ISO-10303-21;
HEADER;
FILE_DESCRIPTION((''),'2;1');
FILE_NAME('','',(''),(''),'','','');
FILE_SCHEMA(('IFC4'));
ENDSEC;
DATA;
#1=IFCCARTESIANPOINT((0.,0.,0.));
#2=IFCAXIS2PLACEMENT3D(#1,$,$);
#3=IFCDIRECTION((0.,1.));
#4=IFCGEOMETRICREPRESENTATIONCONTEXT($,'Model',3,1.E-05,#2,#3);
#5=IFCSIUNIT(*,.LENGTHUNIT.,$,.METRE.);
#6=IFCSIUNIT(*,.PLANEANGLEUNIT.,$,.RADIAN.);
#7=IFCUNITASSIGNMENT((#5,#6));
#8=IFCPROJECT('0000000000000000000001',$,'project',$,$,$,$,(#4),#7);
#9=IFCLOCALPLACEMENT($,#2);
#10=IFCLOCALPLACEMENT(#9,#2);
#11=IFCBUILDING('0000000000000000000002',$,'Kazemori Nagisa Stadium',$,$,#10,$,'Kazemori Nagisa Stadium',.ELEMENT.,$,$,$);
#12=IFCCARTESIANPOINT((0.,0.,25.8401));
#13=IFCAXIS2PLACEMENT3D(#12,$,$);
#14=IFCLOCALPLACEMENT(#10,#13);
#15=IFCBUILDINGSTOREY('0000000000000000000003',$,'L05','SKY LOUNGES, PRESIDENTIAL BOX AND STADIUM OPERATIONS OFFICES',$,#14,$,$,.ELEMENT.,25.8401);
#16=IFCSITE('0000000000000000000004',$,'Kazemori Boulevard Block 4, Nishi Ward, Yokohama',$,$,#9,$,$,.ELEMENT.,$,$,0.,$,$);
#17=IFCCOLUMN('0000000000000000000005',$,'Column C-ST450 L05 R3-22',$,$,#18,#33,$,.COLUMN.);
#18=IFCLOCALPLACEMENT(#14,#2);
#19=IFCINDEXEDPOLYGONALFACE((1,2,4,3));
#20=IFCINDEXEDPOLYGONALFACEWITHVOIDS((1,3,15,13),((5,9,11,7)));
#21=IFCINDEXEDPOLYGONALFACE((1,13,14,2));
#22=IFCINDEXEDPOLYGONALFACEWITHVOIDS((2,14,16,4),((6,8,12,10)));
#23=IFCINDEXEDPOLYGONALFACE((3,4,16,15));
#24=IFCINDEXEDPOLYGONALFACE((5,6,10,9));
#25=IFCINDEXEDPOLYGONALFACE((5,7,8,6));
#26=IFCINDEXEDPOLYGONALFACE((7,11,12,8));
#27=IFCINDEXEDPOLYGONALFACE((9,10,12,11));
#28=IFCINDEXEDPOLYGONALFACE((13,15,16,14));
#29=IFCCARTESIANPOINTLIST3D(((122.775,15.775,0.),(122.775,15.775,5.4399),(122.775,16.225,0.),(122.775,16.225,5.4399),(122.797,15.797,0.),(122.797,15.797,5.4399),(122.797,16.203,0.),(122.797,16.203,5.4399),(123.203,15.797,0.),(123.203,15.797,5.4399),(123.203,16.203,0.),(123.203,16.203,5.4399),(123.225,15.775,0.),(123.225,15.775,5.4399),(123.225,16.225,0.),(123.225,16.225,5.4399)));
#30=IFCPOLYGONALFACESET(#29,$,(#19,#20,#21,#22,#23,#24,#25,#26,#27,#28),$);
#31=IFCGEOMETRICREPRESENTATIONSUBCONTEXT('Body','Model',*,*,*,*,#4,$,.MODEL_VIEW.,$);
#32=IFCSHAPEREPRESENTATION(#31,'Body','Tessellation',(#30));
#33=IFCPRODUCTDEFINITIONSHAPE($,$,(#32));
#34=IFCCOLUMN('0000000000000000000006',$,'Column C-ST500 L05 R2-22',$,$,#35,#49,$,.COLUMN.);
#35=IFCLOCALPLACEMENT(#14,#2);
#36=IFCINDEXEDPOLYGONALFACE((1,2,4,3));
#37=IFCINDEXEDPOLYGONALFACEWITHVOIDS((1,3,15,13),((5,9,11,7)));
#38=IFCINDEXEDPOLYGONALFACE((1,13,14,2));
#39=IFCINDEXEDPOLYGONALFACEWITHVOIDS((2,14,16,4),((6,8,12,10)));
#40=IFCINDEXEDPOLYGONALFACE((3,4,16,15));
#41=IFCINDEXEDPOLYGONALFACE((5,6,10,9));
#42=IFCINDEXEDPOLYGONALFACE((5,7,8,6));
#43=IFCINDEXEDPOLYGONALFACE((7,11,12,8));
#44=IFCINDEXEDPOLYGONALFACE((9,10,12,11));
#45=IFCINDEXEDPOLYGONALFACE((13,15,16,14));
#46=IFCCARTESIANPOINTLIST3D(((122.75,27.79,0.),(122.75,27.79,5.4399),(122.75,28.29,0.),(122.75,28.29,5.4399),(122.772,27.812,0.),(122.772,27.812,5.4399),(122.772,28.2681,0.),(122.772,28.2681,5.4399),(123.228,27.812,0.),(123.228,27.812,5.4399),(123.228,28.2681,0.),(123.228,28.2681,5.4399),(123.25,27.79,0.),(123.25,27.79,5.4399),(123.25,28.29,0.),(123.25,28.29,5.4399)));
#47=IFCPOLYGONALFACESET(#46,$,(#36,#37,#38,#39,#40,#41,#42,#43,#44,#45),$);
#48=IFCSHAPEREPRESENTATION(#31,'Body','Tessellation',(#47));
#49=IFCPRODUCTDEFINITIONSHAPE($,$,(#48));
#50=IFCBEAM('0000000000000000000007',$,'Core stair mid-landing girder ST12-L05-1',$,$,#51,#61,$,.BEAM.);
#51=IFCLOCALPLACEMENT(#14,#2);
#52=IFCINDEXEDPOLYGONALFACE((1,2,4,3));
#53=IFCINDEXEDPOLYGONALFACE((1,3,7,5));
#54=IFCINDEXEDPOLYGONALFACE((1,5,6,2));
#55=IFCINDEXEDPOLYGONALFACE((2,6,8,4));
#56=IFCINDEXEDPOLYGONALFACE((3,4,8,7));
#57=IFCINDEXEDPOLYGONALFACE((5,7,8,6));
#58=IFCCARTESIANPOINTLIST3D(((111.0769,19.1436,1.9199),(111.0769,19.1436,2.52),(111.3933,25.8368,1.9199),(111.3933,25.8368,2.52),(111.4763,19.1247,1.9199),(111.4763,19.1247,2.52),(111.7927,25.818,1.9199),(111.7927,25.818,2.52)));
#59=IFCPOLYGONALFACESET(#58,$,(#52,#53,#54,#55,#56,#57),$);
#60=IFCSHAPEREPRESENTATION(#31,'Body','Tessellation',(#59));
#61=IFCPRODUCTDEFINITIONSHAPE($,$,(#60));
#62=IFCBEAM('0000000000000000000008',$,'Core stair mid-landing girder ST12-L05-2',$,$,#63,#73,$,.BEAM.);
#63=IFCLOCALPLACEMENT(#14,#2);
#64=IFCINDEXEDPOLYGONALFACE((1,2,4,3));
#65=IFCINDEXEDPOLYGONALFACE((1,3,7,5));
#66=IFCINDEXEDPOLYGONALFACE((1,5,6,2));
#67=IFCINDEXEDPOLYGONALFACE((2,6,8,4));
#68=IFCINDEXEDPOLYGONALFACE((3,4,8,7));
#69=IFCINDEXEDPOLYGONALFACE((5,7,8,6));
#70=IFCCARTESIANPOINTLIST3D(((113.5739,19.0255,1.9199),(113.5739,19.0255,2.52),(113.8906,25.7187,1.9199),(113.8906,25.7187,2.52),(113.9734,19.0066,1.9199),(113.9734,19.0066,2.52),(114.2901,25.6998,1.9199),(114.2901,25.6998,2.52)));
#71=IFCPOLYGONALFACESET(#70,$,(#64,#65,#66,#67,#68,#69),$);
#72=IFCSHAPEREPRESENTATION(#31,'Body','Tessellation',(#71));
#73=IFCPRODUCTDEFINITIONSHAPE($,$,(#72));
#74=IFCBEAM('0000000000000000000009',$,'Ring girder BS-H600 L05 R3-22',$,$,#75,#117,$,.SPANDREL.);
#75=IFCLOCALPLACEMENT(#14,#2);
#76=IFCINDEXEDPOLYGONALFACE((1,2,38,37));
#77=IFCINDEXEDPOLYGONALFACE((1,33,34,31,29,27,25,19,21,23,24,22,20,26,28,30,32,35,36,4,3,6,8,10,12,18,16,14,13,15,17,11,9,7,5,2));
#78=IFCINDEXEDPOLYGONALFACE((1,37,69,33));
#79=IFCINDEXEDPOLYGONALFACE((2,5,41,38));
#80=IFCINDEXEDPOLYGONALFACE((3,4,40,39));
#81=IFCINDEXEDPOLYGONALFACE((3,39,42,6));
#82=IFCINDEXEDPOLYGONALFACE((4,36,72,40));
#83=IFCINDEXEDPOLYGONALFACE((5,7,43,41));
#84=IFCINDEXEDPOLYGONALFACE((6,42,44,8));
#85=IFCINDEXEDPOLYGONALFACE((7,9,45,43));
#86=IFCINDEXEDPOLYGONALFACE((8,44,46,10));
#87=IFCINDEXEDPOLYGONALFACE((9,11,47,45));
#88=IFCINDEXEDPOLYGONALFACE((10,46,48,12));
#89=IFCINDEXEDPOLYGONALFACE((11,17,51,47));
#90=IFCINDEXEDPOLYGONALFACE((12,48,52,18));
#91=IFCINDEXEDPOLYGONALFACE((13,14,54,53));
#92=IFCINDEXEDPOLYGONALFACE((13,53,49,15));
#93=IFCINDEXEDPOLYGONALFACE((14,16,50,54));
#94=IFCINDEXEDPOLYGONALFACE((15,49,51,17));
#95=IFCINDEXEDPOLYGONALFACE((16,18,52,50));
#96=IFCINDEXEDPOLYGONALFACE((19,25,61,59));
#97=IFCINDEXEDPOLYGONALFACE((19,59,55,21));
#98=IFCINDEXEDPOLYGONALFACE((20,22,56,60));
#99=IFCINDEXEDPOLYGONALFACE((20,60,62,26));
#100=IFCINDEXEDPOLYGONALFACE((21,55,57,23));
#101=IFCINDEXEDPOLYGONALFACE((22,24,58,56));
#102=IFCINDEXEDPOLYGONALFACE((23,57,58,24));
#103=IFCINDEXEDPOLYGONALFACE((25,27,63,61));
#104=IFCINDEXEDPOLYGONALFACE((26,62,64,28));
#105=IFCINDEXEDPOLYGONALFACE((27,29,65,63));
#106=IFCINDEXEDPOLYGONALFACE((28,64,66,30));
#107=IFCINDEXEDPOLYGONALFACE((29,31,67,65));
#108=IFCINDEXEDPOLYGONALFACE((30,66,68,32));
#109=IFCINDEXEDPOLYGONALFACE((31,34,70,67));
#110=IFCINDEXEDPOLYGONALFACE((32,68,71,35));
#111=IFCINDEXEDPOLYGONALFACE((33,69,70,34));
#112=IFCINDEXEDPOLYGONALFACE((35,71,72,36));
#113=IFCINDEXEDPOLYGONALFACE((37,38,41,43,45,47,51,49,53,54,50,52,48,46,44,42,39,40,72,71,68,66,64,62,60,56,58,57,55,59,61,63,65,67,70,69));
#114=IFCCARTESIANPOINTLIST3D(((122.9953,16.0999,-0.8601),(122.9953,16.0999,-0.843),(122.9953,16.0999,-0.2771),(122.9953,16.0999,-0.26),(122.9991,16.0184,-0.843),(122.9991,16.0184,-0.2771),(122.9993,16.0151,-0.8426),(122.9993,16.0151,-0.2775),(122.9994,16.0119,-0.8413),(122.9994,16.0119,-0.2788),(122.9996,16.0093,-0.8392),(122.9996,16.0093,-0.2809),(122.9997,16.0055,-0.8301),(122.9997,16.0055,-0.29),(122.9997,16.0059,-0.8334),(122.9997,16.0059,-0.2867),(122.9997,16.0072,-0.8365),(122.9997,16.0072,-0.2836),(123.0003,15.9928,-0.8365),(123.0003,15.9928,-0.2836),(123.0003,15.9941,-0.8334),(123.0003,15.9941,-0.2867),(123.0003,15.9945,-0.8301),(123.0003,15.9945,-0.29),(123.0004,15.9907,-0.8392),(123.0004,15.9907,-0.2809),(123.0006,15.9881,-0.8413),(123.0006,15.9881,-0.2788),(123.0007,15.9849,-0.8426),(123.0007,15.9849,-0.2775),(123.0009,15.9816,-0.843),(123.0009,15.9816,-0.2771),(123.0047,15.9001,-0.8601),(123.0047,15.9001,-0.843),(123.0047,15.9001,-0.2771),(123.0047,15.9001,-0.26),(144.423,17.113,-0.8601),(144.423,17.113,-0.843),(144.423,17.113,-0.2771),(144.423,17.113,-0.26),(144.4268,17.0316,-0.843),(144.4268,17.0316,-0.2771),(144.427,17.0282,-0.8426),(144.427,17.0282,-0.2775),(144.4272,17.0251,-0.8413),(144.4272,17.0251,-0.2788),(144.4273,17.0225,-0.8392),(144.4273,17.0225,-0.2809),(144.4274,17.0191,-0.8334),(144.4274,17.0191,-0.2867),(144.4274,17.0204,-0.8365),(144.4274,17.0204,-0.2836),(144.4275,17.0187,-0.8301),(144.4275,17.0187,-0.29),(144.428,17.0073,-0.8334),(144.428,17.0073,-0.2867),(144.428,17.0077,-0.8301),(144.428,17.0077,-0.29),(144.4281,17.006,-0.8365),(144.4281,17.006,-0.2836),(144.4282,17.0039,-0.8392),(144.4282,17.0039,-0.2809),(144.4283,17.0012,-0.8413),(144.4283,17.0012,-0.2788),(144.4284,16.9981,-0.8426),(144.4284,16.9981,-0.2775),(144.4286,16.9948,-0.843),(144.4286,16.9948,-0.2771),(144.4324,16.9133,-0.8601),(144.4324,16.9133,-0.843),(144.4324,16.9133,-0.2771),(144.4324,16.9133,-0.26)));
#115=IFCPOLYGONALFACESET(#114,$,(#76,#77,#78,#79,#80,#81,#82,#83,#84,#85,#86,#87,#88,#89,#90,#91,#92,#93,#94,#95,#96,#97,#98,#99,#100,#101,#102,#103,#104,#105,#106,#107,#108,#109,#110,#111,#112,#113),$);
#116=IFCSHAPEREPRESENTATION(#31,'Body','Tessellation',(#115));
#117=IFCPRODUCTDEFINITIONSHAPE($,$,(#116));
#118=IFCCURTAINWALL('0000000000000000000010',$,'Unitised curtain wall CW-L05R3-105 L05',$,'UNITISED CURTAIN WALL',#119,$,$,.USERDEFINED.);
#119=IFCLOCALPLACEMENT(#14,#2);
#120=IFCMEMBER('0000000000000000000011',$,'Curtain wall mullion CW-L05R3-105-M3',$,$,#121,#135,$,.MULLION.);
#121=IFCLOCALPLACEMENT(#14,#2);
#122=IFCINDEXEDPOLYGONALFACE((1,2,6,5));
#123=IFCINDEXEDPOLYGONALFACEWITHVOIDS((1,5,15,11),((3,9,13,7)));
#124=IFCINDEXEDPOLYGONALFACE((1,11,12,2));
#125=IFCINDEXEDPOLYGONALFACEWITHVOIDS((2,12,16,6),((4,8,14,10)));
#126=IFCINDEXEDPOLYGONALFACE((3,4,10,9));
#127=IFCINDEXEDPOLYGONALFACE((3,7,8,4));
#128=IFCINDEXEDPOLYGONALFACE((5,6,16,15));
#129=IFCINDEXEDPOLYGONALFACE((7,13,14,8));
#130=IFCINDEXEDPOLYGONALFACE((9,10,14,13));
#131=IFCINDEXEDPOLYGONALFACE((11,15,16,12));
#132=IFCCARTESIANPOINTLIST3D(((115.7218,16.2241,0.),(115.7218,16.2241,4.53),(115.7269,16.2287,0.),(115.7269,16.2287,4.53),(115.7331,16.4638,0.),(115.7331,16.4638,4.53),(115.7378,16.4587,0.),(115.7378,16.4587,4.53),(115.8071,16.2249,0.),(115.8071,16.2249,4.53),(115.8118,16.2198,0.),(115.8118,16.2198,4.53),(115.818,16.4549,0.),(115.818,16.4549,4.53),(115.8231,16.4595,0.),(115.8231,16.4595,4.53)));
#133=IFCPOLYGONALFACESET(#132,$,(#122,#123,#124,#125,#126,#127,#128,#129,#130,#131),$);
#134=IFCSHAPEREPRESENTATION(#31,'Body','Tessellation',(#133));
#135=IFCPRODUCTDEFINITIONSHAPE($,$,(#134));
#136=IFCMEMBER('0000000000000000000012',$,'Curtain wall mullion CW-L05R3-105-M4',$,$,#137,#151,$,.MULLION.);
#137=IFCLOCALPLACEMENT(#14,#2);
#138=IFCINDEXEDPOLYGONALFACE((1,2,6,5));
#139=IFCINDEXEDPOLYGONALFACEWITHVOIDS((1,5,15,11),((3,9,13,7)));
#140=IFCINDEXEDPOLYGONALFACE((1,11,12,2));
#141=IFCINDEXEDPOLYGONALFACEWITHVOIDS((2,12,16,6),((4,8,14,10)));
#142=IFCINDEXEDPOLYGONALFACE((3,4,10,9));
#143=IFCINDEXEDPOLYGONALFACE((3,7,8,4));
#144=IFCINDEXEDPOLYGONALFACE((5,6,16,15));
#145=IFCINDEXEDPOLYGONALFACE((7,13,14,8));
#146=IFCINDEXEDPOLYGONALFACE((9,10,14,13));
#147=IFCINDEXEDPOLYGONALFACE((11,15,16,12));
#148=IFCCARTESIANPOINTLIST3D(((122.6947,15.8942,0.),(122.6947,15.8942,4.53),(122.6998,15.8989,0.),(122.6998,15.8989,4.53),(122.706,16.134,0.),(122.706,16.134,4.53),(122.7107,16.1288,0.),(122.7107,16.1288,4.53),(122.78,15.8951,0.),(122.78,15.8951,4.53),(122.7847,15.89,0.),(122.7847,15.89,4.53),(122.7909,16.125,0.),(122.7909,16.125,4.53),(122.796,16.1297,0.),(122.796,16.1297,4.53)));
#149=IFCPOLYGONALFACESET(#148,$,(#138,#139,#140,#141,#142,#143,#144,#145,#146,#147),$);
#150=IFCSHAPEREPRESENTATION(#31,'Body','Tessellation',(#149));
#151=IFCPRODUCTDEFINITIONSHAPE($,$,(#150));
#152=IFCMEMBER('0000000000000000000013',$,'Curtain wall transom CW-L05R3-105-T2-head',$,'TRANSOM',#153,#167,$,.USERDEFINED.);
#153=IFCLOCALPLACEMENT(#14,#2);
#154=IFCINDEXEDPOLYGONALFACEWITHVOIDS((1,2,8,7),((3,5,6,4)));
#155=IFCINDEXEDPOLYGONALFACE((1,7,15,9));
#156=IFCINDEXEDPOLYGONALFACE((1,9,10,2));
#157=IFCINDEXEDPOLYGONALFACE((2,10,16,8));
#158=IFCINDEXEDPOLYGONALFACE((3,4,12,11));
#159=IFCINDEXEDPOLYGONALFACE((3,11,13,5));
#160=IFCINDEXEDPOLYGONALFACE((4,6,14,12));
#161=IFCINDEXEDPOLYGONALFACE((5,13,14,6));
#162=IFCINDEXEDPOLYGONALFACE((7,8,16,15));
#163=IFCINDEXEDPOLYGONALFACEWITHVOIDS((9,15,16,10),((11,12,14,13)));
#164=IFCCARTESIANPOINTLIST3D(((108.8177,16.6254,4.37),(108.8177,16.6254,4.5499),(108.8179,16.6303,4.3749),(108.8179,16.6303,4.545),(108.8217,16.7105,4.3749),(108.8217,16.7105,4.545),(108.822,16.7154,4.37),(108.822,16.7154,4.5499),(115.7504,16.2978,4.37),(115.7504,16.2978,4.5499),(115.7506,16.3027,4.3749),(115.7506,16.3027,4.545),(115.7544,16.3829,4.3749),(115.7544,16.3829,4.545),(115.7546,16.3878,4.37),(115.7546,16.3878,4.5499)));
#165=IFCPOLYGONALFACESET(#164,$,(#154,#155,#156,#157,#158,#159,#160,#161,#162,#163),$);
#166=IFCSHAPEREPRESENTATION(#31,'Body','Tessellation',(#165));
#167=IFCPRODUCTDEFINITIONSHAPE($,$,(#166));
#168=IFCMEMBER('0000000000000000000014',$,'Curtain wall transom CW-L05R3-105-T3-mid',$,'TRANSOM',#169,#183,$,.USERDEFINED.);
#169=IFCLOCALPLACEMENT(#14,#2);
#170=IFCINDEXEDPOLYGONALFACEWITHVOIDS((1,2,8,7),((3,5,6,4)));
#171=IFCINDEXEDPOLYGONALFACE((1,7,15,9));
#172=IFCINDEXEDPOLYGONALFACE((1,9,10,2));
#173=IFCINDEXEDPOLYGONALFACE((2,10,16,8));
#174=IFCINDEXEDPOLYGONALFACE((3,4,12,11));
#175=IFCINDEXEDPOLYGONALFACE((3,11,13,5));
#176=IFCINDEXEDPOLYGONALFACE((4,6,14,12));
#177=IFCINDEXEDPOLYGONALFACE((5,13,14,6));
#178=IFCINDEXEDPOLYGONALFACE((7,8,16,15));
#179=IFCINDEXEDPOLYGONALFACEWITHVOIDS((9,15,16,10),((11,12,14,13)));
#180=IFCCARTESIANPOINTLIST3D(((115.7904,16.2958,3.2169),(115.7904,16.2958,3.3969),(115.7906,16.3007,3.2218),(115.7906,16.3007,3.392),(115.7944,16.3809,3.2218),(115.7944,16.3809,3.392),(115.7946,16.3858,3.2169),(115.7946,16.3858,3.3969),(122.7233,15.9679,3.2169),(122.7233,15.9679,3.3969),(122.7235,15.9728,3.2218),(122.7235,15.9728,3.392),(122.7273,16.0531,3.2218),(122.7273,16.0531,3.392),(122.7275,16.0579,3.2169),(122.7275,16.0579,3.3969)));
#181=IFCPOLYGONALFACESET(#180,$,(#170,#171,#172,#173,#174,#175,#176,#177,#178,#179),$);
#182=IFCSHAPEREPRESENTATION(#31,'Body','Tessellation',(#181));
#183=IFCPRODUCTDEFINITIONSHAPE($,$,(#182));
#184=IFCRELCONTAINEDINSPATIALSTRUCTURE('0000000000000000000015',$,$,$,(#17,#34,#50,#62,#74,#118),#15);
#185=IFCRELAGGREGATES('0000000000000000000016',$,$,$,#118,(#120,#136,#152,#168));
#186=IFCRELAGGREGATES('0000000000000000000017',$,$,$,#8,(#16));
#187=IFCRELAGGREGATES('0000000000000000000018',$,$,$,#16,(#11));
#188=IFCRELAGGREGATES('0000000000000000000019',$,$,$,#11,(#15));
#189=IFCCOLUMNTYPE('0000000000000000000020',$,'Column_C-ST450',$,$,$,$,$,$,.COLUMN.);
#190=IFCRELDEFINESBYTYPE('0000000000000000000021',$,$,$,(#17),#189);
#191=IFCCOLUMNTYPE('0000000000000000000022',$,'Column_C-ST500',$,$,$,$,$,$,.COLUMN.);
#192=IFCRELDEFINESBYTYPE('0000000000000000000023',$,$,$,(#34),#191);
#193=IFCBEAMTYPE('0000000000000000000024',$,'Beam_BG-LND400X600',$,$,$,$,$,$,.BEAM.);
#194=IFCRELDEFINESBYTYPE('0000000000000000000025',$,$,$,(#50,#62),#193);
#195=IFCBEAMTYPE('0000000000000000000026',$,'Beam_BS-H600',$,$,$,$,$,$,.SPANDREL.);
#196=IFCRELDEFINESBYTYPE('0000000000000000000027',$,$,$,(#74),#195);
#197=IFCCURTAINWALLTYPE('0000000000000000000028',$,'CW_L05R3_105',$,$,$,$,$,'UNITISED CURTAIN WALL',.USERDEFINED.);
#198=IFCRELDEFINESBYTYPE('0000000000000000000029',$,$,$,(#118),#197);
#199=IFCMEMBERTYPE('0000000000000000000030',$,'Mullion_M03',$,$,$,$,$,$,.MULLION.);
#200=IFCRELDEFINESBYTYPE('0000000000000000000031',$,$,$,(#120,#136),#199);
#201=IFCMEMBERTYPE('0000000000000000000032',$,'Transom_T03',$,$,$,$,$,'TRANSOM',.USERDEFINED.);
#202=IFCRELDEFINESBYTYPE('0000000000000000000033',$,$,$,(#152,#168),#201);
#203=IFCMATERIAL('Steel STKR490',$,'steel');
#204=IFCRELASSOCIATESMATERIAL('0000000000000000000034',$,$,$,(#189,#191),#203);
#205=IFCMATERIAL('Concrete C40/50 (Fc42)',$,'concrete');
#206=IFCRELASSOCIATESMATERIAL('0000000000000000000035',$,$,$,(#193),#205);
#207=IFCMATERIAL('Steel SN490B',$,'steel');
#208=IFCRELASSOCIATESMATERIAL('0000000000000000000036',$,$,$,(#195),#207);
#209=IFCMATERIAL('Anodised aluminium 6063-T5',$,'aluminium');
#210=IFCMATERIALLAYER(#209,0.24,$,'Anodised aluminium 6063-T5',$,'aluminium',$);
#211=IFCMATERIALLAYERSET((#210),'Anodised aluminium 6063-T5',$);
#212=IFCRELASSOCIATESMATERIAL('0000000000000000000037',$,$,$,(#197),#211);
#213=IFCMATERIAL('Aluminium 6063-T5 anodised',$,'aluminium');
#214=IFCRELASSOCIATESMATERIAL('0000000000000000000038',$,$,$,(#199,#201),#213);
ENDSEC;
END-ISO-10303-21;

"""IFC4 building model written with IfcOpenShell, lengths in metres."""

from ifc_helpers import new_model, si_unit, direction, frame, origin, origin_2d, place, context, subcontext, project, spatial, rectangle, hollow_rectangle, i_section, extrude, material, layer, layer_set, material_profile, profile_set, type_object, element, aggregate, save


model = new_model("IFC4")

# Units and contexts
model_context = context("Model", 3, precision=1e-05, world=origin(), true_north=direction((0.0, 1.0)))
body_context = subcontext(model_context, "Body", "Model", "MODEL_VIEW")
ifc_project = project(units=[si_unit("LENGTHUNIT", "METRE"), si_unit("PLANEANGLEUNIT", "RADIAN")], contexts=[model_context])

# Site, building, storey
site_placement = place(None, origin())
site = spatial("IfcSite", under=ifc_project, at=site_placement, Name="Kazemori Boulevard Block 4, Nishi Ward, Yokohama", CompositionType="ELEMENT", RefElevation=0.0)
building_placement = place(site_placement, origin())
building = spatial("IfcBuilding", under=site, at=building_placement, Name="Kazemori Nagisa Stadium", LongName="Kazemori Nagisa Stadium", CompositionType="ELEMENT")
storey_placement = place(building_placement, frame((0.0, 0.0, 25.8401)))
storey = spatial("IfcBuildingStorey", under=building, at=storey_placement, Name="L05", Description="SKY LOUNGES, PRESIDENTIAL BOX AND STADIUM OPERATIONS OFFICES", CompositionType="ELEMENT", Elevation=25.8401)

# Columns
ifc_material_1 = material(Name="Steel STKR490", Category="steel")
ifc_material_profile_1 = material_profile(ifc_material_1, hollow_rectangle(XDim=0.45, YDim=0.45, WallThickness=0.022, at=origin_2d()), Name="SHS-450x450x22")
ifc_profile_set_1 = profile_set([ifc_material_profile_1], Name="Steel STKR490")
column_type_1 = type_object("IfcColumnType", Name="Column_C-ST450", PredefinedType="COLUMN", material=ifc_profile_set_1)
column_1_placement = place(storey_placement, frame((123.0, 16.0, 0.0), z_axis=(0.0, 0.0, 1.0), x_axis=(0.0, -1.0, 0.0)))
element("IfcColumn", 1, at=column_1_placement, inside=storey, type_object=column_type_1, Name="Column C-ST450 L05 R3-22", PredefinedType="COLUMN", context=body_context, shape_type="SweptSolid", body=[
    extrude(hollow_rectangle(XDim=0.45, YDim=0.45, WallThickness=0.022, at=origin_2d()), origin(), (0.0, 0.0, 1.0), 5.4399),
])
ifc_material_profile_2 = material_profile(ifc_material_1, hollow_rectangle(XDim=0.5, YDim=0.5, WallThickness=0.022, at=origin_2d()), Name="SHS-500x500x22")
ifc_profile_set_2 = profile_set([ifc_material_profile_2], Name="Steel STKR490")
column_type_2 = type_object("IfcColumnType", Name="Column_C-ST500", PredefinedType="COLUMN", material=ifc_profile_set_2)
column_2_placement = place(storey_placement, frame((123.0, 28.04, 0.0), z_axis=(0.0, 0.0, 1.0), x_axis=(0.0, -1.0, 0.0)))
element("IfcColumn", 2, at=column_2_placement, inside=storey, type_object=column_type_2, Name="Column C-ST500 L05 R2-22", PredefinedType="COLUMN", context=body_context, shape_type="SweptSolid", body=[
    extrude(hollow_rectangle(XDim=0.5, YDim=0.5, WallThickness=0.022, at=origin_2d()), origin(), (0.0, 0.0, 1.0), 5.4399),
])

# Beams
ifc_material_2 = material(Name="Concrete C40/50 (Fc42)", Category="concrete")
ifc_material_profile_3 = material_profile(ifc_material_2, rectangle(XDim=0.3999, YDim=0.6001, at=origin_2d()), Name="RC-BM-400x600")
ifc_profile_set_3 = profile_set([ifc_material_profile_3], Name="Concrete C40/50 (Fc42)")
beam_type_1 = type_object("IfcBeamType", Name="Beam_BG-LND400X600", PredefinedType="BEAM", material=ifc_profile_set_3)
for number, where, z_axis, x_axis, name in (
    (3, (111.593, 25.8274, 2.22), (-0.047221, -0.998884, 0.0), (0.998884, -0.047221, 0.0), "Core stair mid-landing girder ST12-L05-1"),
    (4, (114.0903, 25.7092, 2.22), (-0.047257, -0.998883, 0.0), (0.998883, -0.047257, 0.0), "Core stair mid-landing girder ST12-L05-2"),
):
    element("IfcBeam", number, at=place(storey_placement, frame(where, z_axis=z_axis, x_axis=x_axis)), inside=storey, type_object=beam_type_1, Name=name, PredefinedType="BEAM", context=body_context, shape_type="SweptSolid", body=[
        extrude(rectangle(XDim=0.3999, YDim=0.6001, at=origin_2d()), origin(), (0.0, 0.0, 1.0), 6.7007),
    ])
ifc_material_3 = material(Name="Steel SN490B", Category="steel")
ifc_material_profile_4 = material_profile(ifc_material_3, i_section(OverallWidth=0.2, OverallDepth=0.6001, WebThickness=0.011, FlangeThickness=0.0171, FilletRadius=0.0129, at=origin_2d()), Name="H-600x200x11x17")
ifc_profile_set_4 = profile_set([ifc_material_profile_4], Name="Steel SN490B")
beam_type_2 = type_object("IfcBeamType", Name="Beam_BS-H600", PredefinedType="SPANDREL", material=ifc_profile_set_4)
beam_placement = place(storey_placement, frame((123.0, 16.0, -0.5601), z_axis=(0.998884, 0.047231, 0.0), x_axis=(-0.047231, 0.998884, 0.0)))
element("IfcBeam", 5, at=beam_placement, inside=storey, type_object=beam_type_2, Name="Ring girder BS-H600 L05 R3-22", PredefinedType="SPANDREL", context=body_context, shape_type="SweptSolid", body=[
    extrude(i_section(OverallWidth=0.2, OverallDepth=0.6001, WebThickness=0.011, FlangeThickness=0.0171, FilletRadius=0.0129, at=origin_2d()), origin(), (0.0, 0.0, 1.0), 21.4517),
])

# Curtain wall, members
ifc_material_4 = material(Name="Anodised aluminium 6063-T5", Category="aluminium")
ifc_layer_1 = layer(ifc_material_4, 0.24, Name="Anodised aluminium 6063-T5", Category="aluminium")
ifc_layer_set_1 = layer_set([ifc_layer_1], Name="Anodised aluminium 6063-T5")
curtain_wall_type = type_object("IfcCurtainWallType", Name="CW_L05R3_105", ElementType="UNITISED CURTAIN WALL", PredefinedType="USERDEFINED", material=ifc_layer_set_1)
curtain_wall_placement = place(storey_placement, origin())
curtain_wall = element("IfcCurtainWall", 6, at=curtain_wall_placement, inside=storey, type_object=curtain_wall_type, Name="Unitised curtain wall CW-L05R3-105 L05", ObjectType="UNITISED CURTAIN WALL", PredefinedType="USERDEFINED")
ifc_material_5 = material(Name="Aluminium 6063-T5 anodised", Category="aluminium")
ifc_material_profile_5 = material_profile(ifc_material_5, hollow_rectangle(XDim=0.0901, YDim=0.24, WallThickness=0.0049, at=origin_2d()), Name="ALU-MULL-90x240x5")
ifc_profile_set_5 = profile_set([ifc_material_profile_5], Name="Aluminium 6063-T5 anodised")
member_type_1 = type_object("IfcMemberType", Name="Mullion_M03", PredefinedType="MULLION", material=ifc_profile_set_5)
member_1_placement = place(storey_placement, frame((115.7725, 16.3418, 0.0), z_axis=(0.0, 0.0, 1.0), x_axis=(0.998884, -0.04723, 0.0)))
member_1 = element("IfcMember", 7, at=member_1_placement, type_object=member_type_1, Name="Curtain wall mullion CW-L05R3-105-M3", PredefinedType="MULLION", context=body_context, shape_type="SweptSolid", body=[
    extrude(hollow_rectangle(XDim=0.0901, YDim=0.24, WallThickness=0.0049, at=origin_2d()), origin(), (0.0, 0.0, 1.0), 4.53),
])
member_2_placement = place(storey_placement, frame((122.7454, 16.012, 0.0), z_axis=(0.0, 0.0, 1.0), x_axis=(0.998884, -0.04723, 0.0)))
member_2 = element("IfcMember", 8, at=member_2_placement, type_object=member_type_1, Name="Curtain wall mullion CW-L05R3-105-M4", PredefinedType="MULLION", context=body_context, shape_type="SweptSolid", body=[
    extrude(hollow_rectangle(XDim=0.0901, YDim=0.24, WallThickness=0.0049, at=origin_2d()), origin(), (0.0, 0.0, 1.0), 4.53),
])
ifc_material_profile_6 = material_profile(ifc_material_5, hollow_rectangle(XDim=0.0901, YDim=0.1799, WallThickness=0.0049, at=origin_2d()), Name="ALU-TRAN-90x180x5")
ifc_profile_set_6 = profile_set([ifc_material_profile_6], Name="Aluminium 6063-T5 anodised")
member_type_2 = type_object("IfcMemberType", Name="Transom_T03", ElementType="TRANSOM", PredefinedType="USERDEFINED", material=ifc_profile_set_6)
member_3_placement = place(storey_placement, frame((108.8198, 16.6704, 4.46), z_axis=(0.998885, -0.047207, 0.0), x_axis=(0.047207, 0.998885, 0.0)))
member_3 = element("IfcMember", 9, at=member_3_placement, type_object=member_type_2, Name="Curtain wall transom CW-L05R3-105-T2-head", ObjectType="TRANSOM", PredefinedType="USERDEFINED", context=body_context, shape_type="SweptSolid", body=[
    extrude(hollow_rectangle(XDim=0.0901, YDim=0.1799, WallThickness=0.0049, at=origin_2d()), origin(), (0.0, 0.0, 1.0), 6.9404),
])
member_4_placement = place(storey_placement, frame((115.7925, 16.3408, 3.3069), z_axis=(0.998884, -0.047241, 0.0), x_axis=(0.047241, 0.998884, 0.0)))
member_4 = element("IfcMember", 10, at=member_4_placement, type_object=member_type_2, Name="Curtain wall transom CW-L05R3-105-T3-mid", ObjectType="TRANSOM", PredefinedType="USERDEFINED", context=body_context, shape_type="SweptSolid", body=[
    extrude(hollow_rectangle(XDim=0.0901, YDim=0.1799, WallThickness=0.0049, at=origin_2d()), origin(), (0.0, 0.0, 1.0), 6.9407),
])
aggregate(curtain_wall, [member_1, member_2, member_3, member_4])

save(model, "model.ifc")
